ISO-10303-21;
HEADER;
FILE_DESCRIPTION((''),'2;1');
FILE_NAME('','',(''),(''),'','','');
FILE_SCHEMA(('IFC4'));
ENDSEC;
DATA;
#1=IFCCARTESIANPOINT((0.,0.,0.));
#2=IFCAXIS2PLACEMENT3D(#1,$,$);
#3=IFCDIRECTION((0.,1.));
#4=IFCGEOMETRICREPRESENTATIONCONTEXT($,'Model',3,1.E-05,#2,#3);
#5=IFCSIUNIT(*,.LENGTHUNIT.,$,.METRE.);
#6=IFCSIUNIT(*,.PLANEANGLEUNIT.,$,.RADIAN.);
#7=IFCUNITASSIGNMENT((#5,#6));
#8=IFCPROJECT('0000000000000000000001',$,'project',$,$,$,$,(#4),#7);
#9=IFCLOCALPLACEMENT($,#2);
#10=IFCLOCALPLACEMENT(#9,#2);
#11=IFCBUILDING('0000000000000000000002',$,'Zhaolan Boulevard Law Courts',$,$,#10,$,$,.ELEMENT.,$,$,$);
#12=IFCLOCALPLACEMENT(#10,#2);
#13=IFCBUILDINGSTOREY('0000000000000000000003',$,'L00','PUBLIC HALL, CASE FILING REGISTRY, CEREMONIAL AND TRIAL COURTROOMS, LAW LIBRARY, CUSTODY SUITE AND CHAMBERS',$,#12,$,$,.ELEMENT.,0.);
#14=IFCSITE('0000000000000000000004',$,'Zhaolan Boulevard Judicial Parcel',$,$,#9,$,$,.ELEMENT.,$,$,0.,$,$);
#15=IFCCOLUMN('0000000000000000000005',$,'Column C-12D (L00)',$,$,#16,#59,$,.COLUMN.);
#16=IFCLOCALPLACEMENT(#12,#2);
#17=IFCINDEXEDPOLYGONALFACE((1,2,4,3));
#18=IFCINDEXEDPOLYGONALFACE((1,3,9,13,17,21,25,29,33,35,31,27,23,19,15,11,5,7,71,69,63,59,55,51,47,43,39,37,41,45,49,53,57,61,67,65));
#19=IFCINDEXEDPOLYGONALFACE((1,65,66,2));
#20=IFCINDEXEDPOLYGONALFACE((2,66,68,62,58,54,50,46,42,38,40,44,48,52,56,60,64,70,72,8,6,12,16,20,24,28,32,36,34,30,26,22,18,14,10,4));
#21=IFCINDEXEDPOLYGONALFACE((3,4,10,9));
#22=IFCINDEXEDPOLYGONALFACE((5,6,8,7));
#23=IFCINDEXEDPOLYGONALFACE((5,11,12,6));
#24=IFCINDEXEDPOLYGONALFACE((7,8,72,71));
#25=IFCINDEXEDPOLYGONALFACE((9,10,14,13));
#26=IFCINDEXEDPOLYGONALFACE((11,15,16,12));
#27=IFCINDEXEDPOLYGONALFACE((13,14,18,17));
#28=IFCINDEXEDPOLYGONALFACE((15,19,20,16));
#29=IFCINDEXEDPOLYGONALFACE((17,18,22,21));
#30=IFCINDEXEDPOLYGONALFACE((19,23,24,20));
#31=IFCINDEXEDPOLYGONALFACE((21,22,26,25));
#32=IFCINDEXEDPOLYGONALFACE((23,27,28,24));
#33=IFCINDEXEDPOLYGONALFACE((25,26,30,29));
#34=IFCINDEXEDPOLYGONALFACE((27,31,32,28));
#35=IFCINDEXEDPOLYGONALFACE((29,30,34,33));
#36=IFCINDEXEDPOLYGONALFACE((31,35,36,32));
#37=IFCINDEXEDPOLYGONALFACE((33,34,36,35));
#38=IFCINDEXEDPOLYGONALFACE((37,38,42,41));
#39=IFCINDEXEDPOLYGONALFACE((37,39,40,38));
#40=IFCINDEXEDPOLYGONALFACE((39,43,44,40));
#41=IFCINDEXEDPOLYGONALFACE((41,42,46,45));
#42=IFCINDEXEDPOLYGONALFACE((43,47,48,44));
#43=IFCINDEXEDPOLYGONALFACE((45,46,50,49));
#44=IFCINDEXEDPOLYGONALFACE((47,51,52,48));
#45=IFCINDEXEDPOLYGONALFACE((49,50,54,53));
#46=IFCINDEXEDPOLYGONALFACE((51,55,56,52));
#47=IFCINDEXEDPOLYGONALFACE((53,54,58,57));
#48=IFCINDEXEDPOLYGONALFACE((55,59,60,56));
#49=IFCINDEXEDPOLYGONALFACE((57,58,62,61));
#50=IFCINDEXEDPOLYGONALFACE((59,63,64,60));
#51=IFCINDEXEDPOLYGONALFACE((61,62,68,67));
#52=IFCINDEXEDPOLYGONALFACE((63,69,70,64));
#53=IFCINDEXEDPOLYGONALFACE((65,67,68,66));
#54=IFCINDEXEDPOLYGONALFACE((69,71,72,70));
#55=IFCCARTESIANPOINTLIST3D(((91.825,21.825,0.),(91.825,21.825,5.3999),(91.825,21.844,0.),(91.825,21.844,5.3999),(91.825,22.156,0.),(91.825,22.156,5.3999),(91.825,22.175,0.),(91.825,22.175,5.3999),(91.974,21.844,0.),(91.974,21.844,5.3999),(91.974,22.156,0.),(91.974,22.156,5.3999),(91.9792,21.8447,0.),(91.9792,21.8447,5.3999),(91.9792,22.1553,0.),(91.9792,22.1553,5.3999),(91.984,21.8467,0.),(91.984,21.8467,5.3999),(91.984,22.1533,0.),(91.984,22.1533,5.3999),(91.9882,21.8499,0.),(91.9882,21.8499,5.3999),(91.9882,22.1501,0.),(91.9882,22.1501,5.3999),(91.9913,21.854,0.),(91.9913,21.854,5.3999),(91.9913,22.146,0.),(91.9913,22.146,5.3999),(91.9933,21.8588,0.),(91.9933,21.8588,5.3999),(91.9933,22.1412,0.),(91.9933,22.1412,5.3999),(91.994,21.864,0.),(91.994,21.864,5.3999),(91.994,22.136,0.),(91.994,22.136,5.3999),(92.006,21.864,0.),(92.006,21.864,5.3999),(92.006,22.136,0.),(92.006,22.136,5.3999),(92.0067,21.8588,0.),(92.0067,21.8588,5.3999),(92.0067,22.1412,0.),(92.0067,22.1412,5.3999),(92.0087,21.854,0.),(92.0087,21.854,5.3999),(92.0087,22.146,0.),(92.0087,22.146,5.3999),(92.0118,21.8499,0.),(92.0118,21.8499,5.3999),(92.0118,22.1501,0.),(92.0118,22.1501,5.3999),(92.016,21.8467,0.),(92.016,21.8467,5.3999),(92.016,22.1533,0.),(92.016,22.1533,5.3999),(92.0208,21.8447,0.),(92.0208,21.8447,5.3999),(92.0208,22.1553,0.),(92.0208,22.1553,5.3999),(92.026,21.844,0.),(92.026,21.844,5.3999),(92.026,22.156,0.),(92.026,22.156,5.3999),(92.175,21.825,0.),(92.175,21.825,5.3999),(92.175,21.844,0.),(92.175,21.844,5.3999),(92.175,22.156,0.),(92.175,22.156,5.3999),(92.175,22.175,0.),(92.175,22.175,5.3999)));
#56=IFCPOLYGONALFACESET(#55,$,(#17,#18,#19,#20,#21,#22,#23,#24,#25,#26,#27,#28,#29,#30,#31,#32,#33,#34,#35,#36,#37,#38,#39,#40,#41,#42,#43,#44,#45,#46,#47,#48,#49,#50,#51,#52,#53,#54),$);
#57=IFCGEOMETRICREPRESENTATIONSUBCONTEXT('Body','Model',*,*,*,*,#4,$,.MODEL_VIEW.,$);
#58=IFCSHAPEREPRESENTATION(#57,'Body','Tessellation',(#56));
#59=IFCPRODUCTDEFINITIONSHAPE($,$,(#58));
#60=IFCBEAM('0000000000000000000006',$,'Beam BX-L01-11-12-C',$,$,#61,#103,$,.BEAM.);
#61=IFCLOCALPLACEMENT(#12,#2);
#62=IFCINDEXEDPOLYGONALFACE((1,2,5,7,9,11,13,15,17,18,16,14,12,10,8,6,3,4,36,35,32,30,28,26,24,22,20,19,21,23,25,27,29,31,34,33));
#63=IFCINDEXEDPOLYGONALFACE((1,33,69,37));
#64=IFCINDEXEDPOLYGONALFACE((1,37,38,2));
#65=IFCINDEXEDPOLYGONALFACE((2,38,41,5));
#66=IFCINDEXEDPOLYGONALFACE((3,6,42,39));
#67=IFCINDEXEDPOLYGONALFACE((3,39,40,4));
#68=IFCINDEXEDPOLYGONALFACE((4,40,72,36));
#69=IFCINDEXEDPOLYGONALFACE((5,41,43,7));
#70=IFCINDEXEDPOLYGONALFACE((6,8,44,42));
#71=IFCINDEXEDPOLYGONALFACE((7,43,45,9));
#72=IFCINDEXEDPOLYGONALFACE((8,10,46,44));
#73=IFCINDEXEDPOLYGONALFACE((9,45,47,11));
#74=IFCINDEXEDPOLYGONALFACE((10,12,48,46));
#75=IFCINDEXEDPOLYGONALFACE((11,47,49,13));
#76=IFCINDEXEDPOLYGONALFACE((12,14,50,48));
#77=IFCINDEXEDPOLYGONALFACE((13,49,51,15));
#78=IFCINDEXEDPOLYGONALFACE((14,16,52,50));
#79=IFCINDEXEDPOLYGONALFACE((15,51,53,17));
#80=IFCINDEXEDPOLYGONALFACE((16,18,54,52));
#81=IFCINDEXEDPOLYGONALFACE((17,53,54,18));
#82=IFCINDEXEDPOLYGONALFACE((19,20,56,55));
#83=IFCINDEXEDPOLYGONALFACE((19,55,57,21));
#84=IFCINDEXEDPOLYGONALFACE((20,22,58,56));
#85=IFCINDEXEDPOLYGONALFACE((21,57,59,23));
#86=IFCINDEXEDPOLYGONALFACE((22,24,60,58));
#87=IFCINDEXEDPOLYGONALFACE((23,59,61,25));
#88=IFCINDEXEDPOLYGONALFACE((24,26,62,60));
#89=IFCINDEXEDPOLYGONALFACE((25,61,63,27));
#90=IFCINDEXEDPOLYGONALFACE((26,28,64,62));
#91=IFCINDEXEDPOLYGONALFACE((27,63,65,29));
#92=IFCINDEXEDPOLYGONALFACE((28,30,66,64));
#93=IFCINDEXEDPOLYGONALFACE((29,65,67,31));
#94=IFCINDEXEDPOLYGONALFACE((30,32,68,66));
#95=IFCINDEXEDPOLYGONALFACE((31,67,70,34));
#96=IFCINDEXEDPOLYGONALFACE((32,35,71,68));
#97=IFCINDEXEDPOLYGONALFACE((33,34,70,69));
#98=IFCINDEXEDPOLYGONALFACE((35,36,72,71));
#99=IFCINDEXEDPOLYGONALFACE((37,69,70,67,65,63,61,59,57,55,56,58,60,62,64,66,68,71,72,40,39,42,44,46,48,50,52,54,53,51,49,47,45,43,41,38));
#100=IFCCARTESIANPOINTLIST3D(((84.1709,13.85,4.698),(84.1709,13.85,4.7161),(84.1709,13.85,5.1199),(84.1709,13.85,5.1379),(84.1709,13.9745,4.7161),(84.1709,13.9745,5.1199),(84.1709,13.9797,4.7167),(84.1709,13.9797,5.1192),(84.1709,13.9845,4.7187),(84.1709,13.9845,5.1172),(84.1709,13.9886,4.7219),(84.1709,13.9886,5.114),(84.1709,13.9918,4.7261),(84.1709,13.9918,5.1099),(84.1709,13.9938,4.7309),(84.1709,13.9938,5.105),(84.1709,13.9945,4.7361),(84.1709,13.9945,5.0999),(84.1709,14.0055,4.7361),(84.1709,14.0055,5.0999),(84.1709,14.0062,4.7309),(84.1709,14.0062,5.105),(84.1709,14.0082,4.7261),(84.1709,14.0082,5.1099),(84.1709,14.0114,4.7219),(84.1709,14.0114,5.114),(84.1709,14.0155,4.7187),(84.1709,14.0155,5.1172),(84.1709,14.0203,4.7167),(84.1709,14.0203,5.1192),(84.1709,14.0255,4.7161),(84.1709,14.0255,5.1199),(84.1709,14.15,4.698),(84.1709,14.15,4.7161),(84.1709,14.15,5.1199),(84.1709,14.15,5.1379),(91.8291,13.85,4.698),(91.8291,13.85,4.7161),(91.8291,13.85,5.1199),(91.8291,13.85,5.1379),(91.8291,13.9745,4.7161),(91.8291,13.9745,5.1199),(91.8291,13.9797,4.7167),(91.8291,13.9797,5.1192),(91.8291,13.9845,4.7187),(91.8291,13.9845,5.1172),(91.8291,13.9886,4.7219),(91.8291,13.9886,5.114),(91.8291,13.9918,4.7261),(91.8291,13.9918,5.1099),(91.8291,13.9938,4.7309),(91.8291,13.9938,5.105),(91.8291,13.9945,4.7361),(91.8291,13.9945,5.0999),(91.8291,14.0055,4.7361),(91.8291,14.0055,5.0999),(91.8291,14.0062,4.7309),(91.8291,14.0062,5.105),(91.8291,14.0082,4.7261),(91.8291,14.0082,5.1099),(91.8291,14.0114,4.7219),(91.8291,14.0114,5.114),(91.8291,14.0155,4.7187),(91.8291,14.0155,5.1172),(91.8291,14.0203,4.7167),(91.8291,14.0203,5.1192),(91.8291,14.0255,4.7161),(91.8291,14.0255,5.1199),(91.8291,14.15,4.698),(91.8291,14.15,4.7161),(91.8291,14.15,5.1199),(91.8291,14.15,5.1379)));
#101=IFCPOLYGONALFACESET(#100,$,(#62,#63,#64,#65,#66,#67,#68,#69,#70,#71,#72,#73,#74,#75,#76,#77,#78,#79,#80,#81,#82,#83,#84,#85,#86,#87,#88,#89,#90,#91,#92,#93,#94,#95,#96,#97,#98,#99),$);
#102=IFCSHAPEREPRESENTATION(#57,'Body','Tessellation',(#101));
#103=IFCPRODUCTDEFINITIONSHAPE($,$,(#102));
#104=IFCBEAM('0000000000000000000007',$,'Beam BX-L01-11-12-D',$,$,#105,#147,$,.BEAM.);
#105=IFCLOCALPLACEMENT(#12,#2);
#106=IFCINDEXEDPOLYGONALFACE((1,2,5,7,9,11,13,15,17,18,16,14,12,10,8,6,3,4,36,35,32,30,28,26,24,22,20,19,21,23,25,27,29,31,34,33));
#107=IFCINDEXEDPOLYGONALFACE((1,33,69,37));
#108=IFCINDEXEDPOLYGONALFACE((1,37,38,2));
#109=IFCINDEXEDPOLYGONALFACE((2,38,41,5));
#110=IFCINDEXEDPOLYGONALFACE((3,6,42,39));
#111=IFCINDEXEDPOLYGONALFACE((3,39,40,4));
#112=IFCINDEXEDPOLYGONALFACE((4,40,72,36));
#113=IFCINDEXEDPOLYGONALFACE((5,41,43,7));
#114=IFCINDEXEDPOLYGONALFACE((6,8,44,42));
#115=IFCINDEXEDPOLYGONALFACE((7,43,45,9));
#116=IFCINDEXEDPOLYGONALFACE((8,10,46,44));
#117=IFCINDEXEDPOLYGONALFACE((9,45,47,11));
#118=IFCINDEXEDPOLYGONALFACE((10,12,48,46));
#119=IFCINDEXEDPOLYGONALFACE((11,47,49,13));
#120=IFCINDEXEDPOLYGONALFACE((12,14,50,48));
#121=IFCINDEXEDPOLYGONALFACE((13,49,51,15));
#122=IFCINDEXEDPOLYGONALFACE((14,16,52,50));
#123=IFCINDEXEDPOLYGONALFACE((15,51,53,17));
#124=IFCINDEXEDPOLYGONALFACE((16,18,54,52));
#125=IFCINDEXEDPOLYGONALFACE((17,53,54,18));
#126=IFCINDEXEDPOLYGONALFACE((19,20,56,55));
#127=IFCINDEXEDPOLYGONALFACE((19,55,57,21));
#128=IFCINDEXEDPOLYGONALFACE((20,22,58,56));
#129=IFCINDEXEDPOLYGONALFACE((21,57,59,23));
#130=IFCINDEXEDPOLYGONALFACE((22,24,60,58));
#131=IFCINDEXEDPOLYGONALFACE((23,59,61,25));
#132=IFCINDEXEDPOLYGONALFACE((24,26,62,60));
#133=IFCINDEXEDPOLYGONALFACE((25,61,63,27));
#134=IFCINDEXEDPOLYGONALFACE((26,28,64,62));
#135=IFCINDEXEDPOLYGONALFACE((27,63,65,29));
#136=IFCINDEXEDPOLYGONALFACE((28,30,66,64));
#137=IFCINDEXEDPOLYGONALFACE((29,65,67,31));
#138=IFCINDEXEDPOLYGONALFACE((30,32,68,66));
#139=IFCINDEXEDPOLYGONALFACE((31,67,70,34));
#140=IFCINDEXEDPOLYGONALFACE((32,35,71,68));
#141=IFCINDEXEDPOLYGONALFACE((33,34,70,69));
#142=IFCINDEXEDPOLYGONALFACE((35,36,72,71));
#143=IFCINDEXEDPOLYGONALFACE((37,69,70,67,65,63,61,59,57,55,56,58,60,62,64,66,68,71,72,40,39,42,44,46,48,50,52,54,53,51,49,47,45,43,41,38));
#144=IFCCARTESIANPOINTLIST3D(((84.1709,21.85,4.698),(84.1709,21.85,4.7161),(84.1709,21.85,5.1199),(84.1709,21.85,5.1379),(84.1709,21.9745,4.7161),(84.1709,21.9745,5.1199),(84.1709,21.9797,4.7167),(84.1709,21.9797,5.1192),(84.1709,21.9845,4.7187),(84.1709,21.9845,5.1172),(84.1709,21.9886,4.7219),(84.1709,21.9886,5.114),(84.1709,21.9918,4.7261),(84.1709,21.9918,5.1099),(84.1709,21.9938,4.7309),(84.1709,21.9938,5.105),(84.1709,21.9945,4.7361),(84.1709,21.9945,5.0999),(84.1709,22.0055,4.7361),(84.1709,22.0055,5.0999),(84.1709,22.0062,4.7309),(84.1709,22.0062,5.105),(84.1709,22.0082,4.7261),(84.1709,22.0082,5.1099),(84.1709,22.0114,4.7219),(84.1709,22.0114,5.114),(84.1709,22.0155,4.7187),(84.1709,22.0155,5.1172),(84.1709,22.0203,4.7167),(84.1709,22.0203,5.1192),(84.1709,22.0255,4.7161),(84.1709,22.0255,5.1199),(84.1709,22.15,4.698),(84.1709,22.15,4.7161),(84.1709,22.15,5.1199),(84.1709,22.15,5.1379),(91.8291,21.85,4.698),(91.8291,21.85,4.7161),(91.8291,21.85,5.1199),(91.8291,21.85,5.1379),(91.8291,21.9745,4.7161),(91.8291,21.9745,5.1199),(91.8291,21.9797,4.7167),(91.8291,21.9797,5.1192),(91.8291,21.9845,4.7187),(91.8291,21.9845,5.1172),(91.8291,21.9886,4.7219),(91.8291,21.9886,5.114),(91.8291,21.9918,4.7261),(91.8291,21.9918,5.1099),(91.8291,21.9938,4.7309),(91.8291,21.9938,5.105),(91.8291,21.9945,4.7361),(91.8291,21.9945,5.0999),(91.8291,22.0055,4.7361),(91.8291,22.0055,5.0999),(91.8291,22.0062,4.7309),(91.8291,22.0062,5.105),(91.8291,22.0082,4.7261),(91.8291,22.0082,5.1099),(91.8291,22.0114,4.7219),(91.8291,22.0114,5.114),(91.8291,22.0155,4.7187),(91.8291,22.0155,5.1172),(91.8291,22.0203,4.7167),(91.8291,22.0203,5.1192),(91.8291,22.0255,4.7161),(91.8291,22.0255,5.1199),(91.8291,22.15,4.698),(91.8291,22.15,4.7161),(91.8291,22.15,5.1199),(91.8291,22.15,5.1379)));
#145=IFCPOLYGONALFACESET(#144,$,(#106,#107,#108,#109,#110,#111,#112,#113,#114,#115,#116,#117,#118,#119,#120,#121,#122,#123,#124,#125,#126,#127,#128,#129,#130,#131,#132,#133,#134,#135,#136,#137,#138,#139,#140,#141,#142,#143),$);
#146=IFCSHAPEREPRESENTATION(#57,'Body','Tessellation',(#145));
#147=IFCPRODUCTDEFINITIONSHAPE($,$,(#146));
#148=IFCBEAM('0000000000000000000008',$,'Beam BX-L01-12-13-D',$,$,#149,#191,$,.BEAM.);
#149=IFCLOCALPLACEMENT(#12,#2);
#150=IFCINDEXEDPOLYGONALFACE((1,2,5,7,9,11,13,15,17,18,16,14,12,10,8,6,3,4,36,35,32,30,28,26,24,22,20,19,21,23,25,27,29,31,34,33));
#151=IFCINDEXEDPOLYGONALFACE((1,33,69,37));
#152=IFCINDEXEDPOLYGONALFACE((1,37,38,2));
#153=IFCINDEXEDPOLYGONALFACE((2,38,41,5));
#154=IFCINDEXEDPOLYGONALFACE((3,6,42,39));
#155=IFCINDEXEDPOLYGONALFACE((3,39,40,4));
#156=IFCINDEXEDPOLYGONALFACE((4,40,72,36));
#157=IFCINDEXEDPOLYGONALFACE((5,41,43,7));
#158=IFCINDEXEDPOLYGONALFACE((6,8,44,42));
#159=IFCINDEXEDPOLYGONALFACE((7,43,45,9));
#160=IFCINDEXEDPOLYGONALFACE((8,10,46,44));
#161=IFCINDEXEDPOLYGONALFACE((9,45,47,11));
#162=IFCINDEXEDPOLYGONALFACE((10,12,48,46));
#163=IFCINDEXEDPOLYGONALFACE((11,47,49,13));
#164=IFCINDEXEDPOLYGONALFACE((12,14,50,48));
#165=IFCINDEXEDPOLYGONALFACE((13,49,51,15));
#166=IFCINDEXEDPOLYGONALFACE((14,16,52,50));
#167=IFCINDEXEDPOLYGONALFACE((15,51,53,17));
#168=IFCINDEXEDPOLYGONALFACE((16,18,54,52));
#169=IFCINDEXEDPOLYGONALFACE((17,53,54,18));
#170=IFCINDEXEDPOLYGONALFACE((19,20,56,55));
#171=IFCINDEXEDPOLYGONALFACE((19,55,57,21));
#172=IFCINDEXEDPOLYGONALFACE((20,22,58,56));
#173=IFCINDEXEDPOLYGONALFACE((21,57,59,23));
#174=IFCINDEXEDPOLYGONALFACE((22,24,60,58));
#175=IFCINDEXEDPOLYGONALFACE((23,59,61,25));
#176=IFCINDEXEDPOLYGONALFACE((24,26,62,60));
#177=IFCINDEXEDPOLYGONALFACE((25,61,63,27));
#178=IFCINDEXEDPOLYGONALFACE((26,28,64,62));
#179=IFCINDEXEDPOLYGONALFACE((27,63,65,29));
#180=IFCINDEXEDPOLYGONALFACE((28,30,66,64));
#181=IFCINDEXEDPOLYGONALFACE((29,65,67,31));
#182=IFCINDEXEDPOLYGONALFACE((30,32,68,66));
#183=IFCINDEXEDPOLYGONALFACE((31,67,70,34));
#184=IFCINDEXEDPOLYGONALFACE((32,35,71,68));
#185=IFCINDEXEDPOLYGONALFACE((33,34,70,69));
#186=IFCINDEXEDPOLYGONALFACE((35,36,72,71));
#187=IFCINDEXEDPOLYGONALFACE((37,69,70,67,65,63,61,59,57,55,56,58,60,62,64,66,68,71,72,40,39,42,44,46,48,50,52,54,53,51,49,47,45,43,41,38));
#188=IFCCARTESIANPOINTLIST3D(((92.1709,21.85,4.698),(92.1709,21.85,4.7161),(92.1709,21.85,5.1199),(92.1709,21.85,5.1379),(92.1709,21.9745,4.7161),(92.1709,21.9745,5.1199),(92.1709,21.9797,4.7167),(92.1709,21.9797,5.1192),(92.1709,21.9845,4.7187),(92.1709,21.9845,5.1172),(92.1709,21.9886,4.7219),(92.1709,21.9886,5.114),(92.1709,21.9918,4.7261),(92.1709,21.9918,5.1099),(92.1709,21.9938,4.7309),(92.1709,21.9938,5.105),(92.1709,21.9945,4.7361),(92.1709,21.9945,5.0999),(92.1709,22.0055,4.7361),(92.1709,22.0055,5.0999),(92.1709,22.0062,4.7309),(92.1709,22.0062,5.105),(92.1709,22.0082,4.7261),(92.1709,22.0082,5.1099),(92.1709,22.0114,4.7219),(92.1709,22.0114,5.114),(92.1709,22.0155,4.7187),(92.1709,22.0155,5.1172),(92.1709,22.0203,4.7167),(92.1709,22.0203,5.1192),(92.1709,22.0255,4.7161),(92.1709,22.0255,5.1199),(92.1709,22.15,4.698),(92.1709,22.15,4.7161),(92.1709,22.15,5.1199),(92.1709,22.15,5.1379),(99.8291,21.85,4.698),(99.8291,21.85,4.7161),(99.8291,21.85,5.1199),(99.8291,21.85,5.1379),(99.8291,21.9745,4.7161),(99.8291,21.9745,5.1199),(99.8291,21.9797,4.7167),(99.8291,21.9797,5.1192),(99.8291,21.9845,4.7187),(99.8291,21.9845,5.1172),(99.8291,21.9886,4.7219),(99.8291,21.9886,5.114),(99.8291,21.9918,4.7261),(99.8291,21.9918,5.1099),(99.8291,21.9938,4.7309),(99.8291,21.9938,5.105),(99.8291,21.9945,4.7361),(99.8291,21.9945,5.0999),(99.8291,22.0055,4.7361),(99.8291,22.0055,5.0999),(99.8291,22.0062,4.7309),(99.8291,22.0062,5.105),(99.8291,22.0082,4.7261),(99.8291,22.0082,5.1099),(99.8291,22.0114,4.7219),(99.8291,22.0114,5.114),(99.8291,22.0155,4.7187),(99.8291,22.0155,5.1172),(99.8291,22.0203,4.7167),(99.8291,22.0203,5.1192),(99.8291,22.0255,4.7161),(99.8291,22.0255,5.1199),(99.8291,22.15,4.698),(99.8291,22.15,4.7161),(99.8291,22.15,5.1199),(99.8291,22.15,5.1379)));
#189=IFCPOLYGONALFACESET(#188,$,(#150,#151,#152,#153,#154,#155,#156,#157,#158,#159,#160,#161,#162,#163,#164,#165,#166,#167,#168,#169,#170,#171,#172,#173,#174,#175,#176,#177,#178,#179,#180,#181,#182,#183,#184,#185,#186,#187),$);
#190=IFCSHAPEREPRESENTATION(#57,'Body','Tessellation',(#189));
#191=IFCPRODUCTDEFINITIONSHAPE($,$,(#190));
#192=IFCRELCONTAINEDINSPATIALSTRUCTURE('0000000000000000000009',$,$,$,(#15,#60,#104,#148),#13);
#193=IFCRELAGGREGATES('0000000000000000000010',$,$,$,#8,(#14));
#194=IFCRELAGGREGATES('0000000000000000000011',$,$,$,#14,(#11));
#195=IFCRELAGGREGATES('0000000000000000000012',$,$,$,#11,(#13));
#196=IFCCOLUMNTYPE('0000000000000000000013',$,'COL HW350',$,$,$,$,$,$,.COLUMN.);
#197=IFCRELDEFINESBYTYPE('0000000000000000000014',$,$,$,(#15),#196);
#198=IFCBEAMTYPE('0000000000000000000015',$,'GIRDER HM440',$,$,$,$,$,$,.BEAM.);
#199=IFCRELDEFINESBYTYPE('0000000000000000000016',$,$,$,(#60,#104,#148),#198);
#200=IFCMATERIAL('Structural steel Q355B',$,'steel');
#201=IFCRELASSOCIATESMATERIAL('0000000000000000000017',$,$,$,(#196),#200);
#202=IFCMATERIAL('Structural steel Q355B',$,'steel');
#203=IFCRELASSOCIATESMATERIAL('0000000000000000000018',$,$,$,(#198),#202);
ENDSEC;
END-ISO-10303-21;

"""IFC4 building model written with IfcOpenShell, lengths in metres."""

from ifc_helpers import new_model, si_unit, direction, frame, origin, origin_2d, place, context, subcontext, project, spatial, i_section, extrude, material, material_profile, profile_set, type_object, element, save


model = new_model("IFC4")

# Units and contexts
model_context = context("Model", 3, precision=1e-05, world=origin(), true_north=direction((0.0, 1.0)))
body_context = subcontext(model_context, "Body", "Model", "MODEL_VIEW")
ifc_project = project(units=[si_unit("LENGTHUNIT", "METRE"), si_unit("PLANEANGLEUNIT", "RADIAN")], contexts=[model_context])

# Site, building, storey
site_placement = place(None, origin())
site = spatial("IfcSite", under=ifc_project, at=site_placement, Name="Zhaolan Boulevard Judicial Parcel", CompositionType="ELEMENT", RefElevation=0.0)
building_placement = place(site_placement, origin())
building = spatial("IfcBuilding", under=site, at=building_placement, Name="Zhaolan Boulevard Law Courts", CompositionType="ELEMENT")
storey_placement = place(building_placement, origin())
storey = spatial("IfcBuildingStorey", under=building, at=storey_placement, Name="L00", Description="PUBLIC HALL, CASE FILING REGISTRY, CEREMONIAL AND TRIAL COURTROOMS, LAW LIBRARY, CUSTODY SUITE AND CHAMBERS", CompositionType="ELEMENT", Elevation=0.0)

# Column
ifc_material_1 = material(Name="Structural steel Q355B", Category="steel")
ifc_material_profile_1 = material_profile(ifc_material_1, i_section(OverallWidth=0.3501, OverallDepth=0.3501, WebThickness=0.012, FlangeThickness=0.019, FilletRadius=0.02, at=origin_2d()), Name="HW350x350")
ifc_profile_set_1 = profile_set([ifc_material_profile_1], Name="Structural steel Q355B")
column_type_1 = type_object("IfcColumnType", Name="COL HW350", PredefinedType="COLUMN", material=ifc_profile_set_1)
for number, where, z_axis, x_axis, name in (
    (1, (92.0, 22.0, 0.0), (0.0, 0.0, 1.0), (1.0, 0.0, 0.0), "Column C-12D (L00)"),
):
    element("IfcColumn", number, at=place(storey_placement, frame(where, z_axis=z_axis, x_axis=x_axis)), inside=storey, type_object=column_type_1, Name=name, PredefinedType="COLUMN", context=body_context, shape_type="SweptSolid", body=[
        extrude(i_section(OverallWidth=0.3501, OverallDepth=0.3501, WebThickness=0.012, FlangeThickness=0.019, FilletRadius=0.02, at=origin_2d()), origin(), (0.0, 0.0, 1.0), 5.3999),
    ])

# Beams
ifc_material_2 = material(Name="Structural steel Q355B", Category="steel")
ifc_material_profile_2 = material_profile(ifc_material_2, i_section(OverallWidth=0.3, OverallDepth=0.4399, WebThickness=0.011, FlangeThickness=0.0181, FilletRadius=0.02, at=origin_2d()), Name="HM440x300")
ifc_profile_set_2 = profile_set([ifc_material_profile_2], Name="Structural steel Q355B")
beam_type_1 = type_object("IfcBeamType", Name="GIRDER HM440", PredefinedType="BEAM", material=ifc_profile_set_2)
for number, where, z_axis, x_axis, name in (
    (2, (84.1709, 14.0, 4.918), (1.0, 0.0, 0.0), (0.0, 1.0, 0.0), "Beam BX-L01-11-12-C"),
    (3, (84.1709, 22.0, 4.918), (1.0, 0.0, 0.0), (0.0, 1.0, 0.0), "Beam BX-L01-11-12-D"),
    (4, (92.1709, 22.0, 4.918), (1.0, 0.0, 0.0), (0.0, 1.0, 0.0), "Beam BX-L01-12-13-D"),
):
    element("IfcBeam", number, at=place(storey_placement, frame(where, z_axis=z_axis, x_axis=x_axis)), inside=storey, type_object=beam_type_1, Name=name, PredefinedType="BEAM", context=body_context, shape_type="SweptSolid", body=[
        extrude(i_section(OverallWidth=0.3, OverallDepth=0.4399, WebThickness=0.011, FlangeThickness=0.0181, FilletRadius=0.02, at=origin_2d()), origin(), (0.0, 0.0, 1.0), 7.6582),
    ])

save(model, "model.ifc")
